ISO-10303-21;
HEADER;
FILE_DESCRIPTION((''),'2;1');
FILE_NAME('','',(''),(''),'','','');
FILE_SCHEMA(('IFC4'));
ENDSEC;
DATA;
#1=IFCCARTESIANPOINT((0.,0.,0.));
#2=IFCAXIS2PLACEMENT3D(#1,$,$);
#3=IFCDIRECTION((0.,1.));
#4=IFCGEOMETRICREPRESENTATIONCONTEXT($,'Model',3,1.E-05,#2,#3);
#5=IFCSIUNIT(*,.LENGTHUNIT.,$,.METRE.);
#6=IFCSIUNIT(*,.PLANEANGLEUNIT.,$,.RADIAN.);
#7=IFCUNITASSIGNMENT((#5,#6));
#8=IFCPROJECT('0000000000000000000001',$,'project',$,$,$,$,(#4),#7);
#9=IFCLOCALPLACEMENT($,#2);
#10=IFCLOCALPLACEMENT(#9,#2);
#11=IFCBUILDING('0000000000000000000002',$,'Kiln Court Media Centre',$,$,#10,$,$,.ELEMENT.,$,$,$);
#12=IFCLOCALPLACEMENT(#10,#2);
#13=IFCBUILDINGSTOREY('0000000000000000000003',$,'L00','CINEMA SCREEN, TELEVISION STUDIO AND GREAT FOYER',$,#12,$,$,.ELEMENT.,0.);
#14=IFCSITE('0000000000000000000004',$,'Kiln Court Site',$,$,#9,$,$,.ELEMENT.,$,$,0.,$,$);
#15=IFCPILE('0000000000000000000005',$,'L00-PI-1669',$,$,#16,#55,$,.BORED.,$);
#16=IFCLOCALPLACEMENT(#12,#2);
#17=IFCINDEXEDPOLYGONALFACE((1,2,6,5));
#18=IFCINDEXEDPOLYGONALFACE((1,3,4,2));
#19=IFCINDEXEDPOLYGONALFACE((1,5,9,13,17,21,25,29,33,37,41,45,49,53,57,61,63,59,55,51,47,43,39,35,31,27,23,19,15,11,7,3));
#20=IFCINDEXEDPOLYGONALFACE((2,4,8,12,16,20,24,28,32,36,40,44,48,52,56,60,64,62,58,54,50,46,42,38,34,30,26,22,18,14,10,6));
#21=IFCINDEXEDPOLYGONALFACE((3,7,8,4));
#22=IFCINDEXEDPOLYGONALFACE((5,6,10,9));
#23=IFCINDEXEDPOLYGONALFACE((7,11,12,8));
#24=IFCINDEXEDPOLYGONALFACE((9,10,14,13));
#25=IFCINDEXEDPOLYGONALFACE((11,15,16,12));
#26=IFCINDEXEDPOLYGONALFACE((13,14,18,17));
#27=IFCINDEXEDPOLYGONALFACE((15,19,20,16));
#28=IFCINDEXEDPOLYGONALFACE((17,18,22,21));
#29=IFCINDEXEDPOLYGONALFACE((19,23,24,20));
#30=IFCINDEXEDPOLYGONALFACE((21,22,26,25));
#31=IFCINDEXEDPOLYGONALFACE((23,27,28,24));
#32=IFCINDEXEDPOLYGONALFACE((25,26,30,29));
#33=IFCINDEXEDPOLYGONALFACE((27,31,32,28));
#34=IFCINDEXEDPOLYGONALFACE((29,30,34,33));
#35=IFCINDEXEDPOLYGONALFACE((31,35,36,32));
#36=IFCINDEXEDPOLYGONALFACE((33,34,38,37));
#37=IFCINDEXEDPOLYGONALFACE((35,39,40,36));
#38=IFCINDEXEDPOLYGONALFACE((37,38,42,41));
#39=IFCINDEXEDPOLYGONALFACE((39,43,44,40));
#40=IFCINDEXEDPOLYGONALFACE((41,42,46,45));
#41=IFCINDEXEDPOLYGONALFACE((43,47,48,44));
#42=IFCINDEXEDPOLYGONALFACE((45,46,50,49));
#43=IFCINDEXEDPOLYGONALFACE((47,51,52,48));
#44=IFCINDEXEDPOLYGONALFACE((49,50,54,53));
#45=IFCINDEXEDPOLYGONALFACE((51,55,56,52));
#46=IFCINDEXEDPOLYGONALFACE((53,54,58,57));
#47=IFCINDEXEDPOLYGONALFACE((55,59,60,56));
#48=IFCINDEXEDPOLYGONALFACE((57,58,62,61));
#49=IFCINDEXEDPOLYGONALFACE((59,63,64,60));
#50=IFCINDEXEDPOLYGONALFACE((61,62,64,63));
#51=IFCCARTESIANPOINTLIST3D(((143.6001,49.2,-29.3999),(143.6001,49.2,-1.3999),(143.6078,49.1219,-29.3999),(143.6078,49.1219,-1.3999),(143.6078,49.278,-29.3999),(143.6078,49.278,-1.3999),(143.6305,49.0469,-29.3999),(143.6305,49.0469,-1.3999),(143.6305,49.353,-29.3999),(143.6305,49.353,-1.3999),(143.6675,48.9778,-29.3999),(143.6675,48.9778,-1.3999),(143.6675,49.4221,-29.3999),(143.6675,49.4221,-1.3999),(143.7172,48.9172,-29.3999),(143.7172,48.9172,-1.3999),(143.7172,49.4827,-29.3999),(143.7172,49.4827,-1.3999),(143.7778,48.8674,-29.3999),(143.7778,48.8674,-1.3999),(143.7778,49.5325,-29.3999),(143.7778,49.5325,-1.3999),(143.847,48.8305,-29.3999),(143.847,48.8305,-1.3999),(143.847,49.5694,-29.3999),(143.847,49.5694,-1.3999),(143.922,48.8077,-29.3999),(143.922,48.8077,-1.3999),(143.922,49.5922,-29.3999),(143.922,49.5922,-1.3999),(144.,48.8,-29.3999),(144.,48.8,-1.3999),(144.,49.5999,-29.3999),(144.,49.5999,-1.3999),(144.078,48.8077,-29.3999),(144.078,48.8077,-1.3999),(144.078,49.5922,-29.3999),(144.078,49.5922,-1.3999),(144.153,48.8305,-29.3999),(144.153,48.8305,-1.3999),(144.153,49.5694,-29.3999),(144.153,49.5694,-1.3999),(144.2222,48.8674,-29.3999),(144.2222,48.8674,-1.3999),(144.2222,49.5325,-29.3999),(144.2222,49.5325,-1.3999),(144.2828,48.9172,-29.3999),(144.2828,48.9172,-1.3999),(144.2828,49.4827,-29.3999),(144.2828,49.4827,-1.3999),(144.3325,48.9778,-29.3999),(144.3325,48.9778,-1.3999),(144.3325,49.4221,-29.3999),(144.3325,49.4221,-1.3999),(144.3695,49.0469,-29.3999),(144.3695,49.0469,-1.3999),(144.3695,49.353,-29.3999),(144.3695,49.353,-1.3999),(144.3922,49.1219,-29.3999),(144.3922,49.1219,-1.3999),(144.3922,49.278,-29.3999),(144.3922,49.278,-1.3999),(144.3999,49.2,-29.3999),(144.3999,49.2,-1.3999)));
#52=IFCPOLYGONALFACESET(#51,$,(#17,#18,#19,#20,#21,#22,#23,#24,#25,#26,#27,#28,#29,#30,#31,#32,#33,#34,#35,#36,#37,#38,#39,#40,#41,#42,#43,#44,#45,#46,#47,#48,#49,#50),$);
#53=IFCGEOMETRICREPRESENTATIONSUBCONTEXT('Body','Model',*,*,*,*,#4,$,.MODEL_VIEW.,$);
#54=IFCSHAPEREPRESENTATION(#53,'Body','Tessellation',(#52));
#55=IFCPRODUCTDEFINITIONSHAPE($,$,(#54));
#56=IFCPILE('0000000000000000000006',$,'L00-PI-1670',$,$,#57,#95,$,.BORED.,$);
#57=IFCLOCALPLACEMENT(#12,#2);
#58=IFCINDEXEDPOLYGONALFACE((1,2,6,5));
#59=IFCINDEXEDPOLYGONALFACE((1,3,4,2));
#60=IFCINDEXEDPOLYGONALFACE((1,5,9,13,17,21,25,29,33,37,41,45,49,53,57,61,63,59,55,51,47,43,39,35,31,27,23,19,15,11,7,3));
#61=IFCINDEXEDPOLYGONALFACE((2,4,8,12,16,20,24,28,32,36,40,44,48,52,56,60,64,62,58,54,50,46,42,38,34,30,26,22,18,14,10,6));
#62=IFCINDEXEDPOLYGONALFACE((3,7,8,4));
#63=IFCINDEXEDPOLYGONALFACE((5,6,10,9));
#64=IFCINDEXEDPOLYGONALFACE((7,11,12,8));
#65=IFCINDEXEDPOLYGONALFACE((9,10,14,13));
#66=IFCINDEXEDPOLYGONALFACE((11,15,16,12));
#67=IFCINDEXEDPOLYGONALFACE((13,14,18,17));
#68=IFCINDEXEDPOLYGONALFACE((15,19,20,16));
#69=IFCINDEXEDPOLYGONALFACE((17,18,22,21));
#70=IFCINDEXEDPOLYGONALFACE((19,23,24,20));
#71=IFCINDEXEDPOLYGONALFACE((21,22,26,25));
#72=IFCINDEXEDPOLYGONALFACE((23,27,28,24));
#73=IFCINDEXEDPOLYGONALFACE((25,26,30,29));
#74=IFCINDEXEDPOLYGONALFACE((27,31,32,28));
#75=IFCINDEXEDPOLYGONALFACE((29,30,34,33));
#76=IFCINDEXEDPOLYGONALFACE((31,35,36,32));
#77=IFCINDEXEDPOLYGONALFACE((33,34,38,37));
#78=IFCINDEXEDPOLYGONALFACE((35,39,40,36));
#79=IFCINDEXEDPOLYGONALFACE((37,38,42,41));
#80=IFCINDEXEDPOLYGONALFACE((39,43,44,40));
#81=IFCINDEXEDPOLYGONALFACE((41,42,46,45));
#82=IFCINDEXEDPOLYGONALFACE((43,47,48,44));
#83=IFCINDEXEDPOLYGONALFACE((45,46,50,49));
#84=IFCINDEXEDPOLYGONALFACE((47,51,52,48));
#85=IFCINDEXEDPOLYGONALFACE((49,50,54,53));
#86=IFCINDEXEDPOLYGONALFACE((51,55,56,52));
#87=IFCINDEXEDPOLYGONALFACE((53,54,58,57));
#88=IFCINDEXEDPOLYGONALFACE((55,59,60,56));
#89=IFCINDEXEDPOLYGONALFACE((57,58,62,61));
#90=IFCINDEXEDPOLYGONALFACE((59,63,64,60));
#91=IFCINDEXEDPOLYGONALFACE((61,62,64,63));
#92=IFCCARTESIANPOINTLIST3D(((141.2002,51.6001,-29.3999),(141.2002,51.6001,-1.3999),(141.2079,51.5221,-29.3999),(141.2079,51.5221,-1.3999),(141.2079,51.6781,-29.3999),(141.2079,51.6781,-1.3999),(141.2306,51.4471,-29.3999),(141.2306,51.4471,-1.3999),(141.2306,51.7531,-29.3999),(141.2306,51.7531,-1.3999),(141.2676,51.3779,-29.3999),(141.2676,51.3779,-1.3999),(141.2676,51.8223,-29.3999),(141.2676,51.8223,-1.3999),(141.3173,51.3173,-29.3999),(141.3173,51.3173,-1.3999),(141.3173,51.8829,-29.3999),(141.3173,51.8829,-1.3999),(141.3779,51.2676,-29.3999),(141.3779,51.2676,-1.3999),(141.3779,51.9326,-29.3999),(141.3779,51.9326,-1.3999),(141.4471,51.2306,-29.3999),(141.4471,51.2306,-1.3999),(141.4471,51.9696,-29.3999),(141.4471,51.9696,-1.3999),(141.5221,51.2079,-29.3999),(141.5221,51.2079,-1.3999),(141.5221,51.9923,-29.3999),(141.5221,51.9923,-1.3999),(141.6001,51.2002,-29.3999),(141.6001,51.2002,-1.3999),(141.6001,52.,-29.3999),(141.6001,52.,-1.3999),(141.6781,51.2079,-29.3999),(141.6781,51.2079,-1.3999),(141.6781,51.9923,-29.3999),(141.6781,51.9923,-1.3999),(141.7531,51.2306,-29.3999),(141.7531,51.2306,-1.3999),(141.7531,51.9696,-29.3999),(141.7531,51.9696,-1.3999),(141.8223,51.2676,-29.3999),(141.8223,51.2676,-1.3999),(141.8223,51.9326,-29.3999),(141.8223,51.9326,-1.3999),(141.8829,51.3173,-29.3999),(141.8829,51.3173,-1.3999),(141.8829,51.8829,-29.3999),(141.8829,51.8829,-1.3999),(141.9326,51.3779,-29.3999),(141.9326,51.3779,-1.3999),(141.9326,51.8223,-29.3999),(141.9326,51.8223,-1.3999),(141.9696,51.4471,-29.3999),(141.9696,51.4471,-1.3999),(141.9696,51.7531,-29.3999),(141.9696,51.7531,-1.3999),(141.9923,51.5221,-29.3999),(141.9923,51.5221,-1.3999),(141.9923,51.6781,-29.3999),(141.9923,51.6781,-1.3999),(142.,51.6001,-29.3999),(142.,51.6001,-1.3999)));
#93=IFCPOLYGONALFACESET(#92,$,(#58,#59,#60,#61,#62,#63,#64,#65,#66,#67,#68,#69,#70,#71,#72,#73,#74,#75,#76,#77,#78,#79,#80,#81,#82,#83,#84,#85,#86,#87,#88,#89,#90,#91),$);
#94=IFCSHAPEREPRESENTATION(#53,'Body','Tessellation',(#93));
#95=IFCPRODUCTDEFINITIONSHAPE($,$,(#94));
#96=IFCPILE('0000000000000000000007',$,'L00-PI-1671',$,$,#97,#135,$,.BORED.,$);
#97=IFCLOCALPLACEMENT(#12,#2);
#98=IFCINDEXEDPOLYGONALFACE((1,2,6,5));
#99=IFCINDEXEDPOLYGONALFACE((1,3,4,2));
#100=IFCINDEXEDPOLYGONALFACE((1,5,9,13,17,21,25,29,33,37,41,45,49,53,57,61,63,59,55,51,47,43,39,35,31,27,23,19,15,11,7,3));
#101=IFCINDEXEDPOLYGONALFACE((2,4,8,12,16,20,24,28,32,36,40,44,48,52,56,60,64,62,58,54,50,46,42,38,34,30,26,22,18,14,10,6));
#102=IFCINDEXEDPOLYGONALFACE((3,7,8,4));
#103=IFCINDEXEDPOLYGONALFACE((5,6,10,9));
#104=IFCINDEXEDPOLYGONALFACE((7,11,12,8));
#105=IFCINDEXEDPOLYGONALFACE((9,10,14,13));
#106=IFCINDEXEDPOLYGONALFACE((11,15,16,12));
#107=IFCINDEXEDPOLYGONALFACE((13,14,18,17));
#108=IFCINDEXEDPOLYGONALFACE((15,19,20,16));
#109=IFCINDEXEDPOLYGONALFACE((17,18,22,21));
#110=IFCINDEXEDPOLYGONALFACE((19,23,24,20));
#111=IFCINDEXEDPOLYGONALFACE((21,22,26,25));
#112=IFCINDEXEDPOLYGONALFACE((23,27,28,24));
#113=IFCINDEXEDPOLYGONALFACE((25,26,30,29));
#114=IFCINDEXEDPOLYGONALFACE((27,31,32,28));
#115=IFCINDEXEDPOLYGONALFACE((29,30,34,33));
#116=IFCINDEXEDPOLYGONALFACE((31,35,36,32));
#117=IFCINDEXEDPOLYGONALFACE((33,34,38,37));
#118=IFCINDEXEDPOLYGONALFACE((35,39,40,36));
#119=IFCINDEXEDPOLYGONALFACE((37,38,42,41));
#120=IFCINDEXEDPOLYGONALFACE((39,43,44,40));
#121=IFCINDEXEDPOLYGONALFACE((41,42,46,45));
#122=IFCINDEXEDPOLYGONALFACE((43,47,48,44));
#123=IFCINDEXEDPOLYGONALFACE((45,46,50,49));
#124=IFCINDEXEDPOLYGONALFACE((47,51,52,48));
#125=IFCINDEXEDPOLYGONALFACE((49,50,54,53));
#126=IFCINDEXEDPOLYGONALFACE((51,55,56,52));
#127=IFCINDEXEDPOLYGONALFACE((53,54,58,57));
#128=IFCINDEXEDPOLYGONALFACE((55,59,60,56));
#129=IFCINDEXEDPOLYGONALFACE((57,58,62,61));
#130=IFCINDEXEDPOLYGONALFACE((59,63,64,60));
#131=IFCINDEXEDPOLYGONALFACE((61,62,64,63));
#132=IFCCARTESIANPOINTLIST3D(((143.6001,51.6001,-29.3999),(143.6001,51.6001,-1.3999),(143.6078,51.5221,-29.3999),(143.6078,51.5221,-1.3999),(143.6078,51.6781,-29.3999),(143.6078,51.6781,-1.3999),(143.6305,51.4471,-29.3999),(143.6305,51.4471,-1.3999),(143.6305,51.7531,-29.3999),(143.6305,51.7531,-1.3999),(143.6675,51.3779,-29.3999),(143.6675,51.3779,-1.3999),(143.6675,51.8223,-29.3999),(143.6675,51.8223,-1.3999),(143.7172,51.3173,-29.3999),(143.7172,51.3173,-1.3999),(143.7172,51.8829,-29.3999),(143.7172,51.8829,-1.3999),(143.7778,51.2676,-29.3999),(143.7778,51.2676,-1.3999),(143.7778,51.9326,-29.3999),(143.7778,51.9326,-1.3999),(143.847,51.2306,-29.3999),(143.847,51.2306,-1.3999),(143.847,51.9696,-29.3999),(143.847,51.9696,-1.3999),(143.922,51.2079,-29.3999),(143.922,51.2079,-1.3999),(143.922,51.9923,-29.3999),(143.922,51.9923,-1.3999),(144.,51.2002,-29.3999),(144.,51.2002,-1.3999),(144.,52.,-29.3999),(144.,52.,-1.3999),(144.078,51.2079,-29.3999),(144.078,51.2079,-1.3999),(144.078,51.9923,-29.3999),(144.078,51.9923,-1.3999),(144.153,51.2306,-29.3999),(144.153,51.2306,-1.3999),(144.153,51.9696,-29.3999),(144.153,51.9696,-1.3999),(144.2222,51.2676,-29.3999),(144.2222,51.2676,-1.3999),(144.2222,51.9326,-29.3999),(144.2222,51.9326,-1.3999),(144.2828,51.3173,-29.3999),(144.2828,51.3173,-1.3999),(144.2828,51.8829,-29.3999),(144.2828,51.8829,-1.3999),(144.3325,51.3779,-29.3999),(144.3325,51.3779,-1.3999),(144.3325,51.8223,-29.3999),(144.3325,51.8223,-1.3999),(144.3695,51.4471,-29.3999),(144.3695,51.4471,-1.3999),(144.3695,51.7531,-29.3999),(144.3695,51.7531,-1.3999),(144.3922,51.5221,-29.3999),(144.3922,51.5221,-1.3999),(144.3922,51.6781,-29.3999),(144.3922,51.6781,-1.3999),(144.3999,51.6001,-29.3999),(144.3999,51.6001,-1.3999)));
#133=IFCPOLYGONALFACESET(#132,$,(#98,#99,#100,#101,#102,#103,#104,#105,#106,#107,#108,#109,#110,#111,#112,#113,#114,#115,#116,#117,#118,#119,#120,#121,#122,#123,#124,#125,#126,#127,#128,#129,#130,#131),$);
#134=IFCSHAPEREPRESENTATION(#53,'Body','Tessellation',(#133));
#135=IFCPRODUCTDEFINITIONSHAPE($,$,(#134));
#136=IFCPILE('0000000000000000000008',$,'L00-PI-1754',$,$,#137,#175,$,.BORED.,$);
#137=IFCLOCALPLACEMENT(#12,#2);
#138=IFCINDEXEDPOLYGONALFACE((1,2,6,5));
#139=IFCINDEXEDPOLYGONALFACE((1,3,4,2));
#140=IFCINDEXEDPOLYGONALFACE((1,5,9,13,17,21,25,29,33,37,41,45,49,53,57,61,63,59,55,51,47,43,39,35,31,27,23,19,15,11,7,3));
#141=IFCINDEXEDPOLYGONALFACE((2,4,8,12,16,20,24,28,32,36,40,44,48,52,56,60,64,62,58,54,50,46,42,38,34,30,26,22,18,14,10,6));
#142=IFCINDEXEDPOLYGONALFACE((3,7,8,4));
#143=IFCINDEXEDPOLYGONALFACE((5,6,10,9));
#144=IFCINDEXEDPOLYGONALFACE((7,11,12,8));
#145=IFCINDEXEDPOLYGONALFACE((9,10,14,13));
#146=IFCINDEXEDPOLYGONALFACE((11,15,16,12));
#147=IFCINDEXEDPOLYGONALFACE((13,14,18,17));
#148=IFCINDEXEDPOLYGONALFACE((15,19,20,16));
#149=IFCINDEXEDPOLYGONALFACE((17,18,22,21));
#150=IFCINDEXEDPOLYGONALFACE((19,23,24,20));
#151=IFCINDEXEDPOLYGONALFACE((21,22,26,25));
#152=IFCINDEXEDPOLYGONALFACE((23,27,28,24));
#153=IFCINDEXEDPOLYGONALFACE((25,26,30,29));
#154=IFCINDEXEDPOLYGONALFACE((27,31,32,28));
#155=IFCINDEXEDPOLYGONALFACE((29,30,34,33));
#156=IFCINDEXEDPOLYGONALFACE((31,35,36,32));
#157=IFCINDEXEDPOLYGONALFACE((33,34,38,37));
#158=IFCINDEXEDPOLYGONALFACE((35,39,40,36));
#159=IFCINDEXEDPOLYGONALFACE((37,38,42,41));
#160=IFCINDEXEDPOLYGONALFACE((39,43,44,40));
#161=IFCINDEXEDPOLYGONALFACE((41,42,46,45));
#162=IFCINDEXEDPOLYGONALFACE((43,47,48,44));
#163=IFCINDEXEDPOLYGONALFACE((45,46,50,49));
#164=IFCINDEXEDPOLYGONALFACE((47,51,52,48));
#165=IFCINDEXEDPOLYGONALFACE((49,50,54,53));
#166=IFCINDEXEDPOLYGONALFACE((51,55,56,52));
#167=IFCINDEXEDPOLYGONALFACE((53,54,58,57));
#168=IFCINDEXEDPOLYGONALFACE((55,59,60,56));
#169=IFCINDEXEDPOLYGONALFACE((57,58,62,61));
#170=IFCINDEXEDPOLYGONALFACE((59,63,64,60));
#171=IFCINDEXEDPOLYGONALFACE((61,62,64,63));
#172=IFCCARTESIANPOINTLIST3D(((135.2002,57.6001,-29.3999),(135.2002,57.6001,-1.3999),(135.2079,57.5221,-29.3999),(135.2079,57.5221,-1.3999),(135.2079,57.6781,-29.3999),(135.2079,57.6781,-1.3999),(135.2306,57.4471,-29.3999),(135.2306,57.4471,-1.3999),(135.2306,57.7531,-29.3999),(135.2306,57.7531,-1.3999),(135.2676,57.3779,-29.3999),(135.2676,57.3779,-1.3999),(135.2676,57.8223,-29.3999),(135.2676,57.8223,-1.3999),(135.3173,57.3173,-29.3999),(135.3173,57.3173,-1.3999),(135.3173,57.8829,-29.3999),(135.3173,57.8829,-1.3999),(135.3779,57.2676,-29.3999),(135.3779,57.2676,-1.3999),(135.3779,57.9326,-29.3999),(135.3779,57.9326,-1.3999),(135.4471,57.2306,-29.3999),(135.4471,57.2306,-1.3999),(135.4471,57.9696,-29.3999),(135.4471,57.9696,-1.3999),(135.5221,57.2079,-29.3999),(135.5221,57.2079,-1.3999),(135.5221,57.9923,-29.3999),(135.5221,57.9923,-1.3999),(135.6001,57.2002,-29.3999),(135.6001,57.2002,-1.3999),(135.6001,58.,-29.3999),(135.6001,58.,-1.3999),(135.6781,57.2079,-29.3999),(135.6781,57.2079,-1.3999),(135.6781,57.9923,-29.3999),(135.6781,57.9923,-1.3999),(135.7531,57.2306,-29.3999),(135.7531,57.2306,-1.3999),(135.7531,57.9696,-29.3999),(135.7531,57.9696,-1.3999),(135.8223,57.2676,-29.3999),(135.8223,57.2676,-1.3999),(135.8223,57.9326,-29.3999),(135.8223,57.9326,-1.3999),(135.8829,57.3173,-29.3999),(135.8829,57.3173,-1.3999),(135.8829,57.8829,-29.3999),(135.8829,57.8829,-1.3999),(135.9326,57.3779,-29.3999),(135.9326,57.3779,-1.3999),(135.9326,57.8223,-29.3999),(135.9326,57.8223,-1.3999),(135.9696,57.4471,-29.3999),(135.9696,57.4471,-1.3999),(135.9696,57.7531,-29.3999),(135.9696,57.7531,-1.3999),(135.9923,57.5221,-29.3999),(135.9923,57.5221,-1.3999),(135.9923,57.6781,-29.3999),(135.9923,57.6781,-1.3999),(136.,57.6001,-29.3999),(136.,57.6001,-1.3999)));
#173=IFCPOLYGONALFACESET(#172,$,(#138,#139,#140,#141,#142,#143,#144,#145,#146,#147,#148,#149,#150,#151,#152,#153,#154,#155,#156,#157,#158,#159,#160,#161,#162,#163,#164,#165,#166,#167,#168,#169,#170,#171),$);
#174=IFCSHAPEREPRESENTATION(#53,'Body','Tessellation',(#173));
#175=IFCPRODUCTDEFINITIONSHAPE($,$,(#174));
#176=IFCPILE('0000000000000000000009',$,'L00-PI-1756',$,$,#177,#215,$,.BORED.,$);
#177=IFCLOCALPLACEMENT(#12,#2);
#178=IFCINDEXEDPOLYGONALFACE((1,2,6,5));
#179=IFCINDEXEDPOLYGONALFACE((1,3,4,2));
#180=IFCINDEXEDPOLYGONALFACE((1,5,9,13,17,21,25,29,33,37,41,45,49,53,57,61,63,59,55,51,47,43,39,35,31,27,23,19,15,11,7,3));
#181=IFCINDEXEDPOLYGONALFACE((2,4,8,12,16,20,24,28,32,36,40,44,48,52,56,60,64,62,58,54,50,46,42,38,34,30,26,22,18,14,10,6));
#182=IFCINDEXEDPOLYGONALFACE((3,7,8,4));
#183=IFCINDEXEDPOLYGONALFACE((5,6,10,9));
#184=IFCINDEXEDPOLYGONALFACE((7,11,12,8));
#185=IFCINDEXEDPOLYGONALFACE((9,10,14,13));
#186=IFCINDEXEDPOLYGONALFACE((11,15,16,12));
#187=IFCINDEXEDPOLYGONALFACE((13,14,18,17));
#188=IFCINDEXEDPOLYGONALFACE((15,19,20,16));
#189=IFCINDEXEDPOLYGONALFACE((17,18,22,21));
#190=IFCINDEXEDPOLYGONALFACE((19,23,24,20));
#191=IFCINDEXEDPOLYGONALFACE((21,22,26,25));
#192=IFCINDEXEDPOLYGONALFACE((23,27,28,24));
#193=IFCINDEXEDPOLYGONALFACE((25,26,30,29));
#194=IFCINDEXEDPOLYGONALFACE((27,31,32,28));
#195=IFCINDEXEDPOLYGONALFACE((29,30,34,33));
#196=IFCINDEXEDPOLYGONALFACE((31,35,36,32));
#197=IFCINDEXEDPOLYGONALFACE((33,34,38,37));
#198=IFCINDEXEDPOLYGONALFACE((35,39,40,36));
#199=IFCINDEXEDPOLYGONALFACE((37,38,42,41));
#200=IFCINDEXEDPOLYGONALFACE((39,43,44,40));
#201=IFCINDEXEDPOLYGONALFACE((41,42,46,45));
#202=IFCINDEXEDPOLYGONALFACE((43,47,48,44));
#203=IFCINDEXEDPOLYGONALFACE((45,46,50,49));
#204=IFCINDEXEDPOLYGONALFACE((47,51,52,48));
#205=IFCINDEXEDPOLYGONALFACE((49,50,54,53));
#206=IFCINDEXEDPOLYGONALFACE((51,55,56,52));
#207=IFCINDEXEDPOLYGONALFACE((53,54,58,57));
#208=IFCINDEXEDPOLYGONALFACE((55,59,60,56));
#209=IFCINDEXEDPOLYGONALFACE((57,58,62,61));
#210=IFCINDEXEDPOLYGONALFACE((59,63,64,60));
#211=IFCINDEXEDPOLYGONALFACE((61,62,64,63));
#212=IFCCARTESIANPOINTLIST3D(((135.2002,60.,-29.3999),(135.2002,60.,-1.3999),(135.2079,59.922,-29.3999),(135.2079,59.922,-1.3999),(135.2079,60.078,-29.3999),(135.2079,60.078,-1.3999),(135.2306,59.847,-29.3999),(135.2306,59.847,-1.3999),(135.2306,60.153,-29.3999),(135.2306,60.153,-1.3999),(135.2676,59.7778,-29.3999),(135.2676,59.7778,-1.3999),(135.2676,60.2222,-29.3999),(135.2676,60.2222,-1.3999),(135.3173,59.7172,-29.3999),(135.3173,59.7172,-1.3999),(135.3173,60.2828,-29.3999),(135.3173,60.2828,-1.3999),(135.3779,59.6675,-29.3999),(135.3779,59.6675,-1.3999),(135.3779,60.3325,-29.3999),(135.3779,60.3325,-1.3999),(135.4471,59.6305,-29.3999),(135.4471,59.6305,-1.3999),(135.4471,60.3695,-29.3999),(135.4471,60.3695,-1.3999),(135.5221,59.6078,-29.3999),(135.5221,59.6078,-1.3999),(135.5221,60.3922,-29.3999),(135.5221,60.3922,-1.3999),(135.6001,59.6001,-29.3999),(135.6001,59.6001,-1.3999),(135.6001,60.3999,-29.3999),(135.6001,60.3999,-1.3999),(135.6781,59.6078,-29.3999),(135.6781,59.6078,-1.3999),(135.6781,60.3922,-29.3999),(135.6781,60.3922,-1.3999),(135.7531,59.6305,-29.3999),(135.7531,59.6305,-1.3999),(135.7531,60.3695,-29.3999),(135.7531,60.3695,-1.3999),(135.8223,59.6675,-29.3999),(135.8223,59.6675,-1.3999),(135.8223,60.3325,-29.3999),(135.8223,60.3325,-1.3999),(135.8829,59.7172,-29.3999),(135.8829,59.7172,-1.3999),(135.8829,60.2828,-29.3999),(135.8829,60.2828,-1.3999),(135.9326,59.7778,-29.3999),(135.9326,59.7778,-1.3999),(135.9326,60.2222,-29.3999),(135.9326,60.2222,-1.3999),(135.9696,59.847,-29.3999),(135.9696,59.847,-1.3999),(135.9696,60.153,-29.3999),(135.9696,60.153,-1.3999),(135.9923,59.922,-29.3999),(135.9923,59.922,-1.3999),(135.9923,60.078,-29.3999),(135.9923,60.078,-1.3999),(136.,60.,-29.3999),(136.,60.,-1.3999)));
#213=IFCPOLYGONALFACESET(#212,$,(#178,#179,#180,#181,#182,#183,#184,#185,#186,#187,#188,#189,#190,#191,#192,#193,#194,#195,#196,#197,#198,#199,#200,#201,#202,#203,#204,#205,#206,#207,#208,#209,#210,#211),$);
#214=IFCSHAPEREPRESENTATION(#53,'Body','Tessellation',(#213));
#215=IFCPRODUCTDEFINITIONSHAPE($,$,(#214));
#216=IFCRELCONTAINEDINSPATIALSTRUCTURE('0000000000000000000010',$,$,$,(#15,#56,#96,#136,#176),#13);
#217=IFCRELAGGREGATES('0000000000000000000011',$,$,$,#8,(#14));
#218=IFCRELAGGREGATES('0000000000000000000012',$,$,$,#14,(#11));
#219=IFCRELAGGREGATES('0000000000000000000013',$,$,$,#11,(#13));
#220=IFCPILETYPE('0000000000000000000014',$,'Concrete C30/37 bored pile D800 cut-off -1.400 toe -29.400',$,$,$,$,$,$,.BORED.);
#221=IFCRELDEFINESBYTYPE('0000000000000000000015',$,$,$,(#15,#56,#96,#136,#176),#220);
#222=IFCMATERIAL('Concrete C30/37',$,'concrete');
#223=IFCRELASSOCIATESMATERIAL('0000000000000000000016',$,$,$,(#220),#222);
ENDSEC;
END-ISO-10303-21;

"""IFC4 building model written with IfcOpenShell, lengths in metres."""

from ifc_helpers import new_model, si_unit, direction, frame, origin, origin_2d, place, context, subcontext, project, spatial, circle, extrude, material, material_profile, profile_set, type_object, element, save


model = new_model("IFC4")

# Units and contexts
model_context = context("Model", 3, precision=1e-05, world=origin(), true_north=direction((0.0, 1.0)))
body_context = subcontext(model_context, "Body", "Model", "MODEL_VIEW")
ifc_project = project(units=[si_unit("LENGTHUNIT", "METRE"), si_unit("PLANEANGLEUNIT", "RADIAN")], contexts=[model_context])

# Site, building, storey
site_placement = place(None, origin())
site = spatial("IfcSite", under=ifc_project, at=site_placement, Name="Kiln Court Site", CompositionType="ELEMENT", RefElevation=0.0)
building_placement = place(site_placement, origin())
building = spatial("IfcBuilding", under=site, at=building_placement, Name="Kiln Court Media Centre", CompositionType="ELEMENT")
storey_placement = place(building_placement, origin())
storey = spatial("IfcBuildingStorey", under=building, at=storey_placement, Name="L00", Description="CINEMA SCREEN, TELEVISION STUDIO AND GREAT FOYER", CompositionType="ELEMENT", Elevation=0.0)

# Piles
ifc_material_1 = material(Name="Concrete C30/37", Category="concrete")
ifc_material_profile_1 = material_profile(ifc_material_1, circle(Radius=0.3999, at=origin_2d()), Name="PILE D800")
ifc_profile_set_1 = profile_set([ifc_material_profile_1], Name="Concrete C30/37")
pile_type = type_object("IfcPileType", Name="Concrete C30/37 bored pile D800 cut-off -1.400 toe -29.400", PredefinedType="BORED", material=ifc_profile_set_1)
for number, where, z_axis, x_axis, name in (
    (1, (144.0, 49.2, -1.3999), (0.0, 0.0, -1.0), (1.0, 0.0, 0.0), "L00-PI-1669"),
    (2, (141.6001, 51.6001, -1.3999), (0.0, 0.0, -1.0), (1.0, 0.0, 0.0), "L00-PI-1670"),
    (3, (144.0, 51.6001, -1.3999), (0.0, 0.0, -1.0), (1.0, 0.0, 0.0), "L00-PI-1671"),
    (4, (135.6001, 57.6001, -1.3999), (0.0, 0.0, -1.0), (1.0, 0.0, 0.0), "L00-PI-1754"),
    (5, (135.6001, 60.0, -1.3999), (0.0, 0.0, -1.0), (1.0, 0.0, 0.0), "L00-PI-1756"),
):
    element("IfcPile", number, at=place(storey_placement, frame(where, z_axis=z_axis, x_axis=x_axis)), inside=storey, type_object=pile_type, Name=name, PredefinedType="BORED", context=body_context, shape_type="SweptSolid", body=[
        extrude(circle(Radius=0.3999, at=origin_2d()), origin(), (0.0, 0.0, 1.0), 28.0),
    ])

save(model, "model.ifc")
